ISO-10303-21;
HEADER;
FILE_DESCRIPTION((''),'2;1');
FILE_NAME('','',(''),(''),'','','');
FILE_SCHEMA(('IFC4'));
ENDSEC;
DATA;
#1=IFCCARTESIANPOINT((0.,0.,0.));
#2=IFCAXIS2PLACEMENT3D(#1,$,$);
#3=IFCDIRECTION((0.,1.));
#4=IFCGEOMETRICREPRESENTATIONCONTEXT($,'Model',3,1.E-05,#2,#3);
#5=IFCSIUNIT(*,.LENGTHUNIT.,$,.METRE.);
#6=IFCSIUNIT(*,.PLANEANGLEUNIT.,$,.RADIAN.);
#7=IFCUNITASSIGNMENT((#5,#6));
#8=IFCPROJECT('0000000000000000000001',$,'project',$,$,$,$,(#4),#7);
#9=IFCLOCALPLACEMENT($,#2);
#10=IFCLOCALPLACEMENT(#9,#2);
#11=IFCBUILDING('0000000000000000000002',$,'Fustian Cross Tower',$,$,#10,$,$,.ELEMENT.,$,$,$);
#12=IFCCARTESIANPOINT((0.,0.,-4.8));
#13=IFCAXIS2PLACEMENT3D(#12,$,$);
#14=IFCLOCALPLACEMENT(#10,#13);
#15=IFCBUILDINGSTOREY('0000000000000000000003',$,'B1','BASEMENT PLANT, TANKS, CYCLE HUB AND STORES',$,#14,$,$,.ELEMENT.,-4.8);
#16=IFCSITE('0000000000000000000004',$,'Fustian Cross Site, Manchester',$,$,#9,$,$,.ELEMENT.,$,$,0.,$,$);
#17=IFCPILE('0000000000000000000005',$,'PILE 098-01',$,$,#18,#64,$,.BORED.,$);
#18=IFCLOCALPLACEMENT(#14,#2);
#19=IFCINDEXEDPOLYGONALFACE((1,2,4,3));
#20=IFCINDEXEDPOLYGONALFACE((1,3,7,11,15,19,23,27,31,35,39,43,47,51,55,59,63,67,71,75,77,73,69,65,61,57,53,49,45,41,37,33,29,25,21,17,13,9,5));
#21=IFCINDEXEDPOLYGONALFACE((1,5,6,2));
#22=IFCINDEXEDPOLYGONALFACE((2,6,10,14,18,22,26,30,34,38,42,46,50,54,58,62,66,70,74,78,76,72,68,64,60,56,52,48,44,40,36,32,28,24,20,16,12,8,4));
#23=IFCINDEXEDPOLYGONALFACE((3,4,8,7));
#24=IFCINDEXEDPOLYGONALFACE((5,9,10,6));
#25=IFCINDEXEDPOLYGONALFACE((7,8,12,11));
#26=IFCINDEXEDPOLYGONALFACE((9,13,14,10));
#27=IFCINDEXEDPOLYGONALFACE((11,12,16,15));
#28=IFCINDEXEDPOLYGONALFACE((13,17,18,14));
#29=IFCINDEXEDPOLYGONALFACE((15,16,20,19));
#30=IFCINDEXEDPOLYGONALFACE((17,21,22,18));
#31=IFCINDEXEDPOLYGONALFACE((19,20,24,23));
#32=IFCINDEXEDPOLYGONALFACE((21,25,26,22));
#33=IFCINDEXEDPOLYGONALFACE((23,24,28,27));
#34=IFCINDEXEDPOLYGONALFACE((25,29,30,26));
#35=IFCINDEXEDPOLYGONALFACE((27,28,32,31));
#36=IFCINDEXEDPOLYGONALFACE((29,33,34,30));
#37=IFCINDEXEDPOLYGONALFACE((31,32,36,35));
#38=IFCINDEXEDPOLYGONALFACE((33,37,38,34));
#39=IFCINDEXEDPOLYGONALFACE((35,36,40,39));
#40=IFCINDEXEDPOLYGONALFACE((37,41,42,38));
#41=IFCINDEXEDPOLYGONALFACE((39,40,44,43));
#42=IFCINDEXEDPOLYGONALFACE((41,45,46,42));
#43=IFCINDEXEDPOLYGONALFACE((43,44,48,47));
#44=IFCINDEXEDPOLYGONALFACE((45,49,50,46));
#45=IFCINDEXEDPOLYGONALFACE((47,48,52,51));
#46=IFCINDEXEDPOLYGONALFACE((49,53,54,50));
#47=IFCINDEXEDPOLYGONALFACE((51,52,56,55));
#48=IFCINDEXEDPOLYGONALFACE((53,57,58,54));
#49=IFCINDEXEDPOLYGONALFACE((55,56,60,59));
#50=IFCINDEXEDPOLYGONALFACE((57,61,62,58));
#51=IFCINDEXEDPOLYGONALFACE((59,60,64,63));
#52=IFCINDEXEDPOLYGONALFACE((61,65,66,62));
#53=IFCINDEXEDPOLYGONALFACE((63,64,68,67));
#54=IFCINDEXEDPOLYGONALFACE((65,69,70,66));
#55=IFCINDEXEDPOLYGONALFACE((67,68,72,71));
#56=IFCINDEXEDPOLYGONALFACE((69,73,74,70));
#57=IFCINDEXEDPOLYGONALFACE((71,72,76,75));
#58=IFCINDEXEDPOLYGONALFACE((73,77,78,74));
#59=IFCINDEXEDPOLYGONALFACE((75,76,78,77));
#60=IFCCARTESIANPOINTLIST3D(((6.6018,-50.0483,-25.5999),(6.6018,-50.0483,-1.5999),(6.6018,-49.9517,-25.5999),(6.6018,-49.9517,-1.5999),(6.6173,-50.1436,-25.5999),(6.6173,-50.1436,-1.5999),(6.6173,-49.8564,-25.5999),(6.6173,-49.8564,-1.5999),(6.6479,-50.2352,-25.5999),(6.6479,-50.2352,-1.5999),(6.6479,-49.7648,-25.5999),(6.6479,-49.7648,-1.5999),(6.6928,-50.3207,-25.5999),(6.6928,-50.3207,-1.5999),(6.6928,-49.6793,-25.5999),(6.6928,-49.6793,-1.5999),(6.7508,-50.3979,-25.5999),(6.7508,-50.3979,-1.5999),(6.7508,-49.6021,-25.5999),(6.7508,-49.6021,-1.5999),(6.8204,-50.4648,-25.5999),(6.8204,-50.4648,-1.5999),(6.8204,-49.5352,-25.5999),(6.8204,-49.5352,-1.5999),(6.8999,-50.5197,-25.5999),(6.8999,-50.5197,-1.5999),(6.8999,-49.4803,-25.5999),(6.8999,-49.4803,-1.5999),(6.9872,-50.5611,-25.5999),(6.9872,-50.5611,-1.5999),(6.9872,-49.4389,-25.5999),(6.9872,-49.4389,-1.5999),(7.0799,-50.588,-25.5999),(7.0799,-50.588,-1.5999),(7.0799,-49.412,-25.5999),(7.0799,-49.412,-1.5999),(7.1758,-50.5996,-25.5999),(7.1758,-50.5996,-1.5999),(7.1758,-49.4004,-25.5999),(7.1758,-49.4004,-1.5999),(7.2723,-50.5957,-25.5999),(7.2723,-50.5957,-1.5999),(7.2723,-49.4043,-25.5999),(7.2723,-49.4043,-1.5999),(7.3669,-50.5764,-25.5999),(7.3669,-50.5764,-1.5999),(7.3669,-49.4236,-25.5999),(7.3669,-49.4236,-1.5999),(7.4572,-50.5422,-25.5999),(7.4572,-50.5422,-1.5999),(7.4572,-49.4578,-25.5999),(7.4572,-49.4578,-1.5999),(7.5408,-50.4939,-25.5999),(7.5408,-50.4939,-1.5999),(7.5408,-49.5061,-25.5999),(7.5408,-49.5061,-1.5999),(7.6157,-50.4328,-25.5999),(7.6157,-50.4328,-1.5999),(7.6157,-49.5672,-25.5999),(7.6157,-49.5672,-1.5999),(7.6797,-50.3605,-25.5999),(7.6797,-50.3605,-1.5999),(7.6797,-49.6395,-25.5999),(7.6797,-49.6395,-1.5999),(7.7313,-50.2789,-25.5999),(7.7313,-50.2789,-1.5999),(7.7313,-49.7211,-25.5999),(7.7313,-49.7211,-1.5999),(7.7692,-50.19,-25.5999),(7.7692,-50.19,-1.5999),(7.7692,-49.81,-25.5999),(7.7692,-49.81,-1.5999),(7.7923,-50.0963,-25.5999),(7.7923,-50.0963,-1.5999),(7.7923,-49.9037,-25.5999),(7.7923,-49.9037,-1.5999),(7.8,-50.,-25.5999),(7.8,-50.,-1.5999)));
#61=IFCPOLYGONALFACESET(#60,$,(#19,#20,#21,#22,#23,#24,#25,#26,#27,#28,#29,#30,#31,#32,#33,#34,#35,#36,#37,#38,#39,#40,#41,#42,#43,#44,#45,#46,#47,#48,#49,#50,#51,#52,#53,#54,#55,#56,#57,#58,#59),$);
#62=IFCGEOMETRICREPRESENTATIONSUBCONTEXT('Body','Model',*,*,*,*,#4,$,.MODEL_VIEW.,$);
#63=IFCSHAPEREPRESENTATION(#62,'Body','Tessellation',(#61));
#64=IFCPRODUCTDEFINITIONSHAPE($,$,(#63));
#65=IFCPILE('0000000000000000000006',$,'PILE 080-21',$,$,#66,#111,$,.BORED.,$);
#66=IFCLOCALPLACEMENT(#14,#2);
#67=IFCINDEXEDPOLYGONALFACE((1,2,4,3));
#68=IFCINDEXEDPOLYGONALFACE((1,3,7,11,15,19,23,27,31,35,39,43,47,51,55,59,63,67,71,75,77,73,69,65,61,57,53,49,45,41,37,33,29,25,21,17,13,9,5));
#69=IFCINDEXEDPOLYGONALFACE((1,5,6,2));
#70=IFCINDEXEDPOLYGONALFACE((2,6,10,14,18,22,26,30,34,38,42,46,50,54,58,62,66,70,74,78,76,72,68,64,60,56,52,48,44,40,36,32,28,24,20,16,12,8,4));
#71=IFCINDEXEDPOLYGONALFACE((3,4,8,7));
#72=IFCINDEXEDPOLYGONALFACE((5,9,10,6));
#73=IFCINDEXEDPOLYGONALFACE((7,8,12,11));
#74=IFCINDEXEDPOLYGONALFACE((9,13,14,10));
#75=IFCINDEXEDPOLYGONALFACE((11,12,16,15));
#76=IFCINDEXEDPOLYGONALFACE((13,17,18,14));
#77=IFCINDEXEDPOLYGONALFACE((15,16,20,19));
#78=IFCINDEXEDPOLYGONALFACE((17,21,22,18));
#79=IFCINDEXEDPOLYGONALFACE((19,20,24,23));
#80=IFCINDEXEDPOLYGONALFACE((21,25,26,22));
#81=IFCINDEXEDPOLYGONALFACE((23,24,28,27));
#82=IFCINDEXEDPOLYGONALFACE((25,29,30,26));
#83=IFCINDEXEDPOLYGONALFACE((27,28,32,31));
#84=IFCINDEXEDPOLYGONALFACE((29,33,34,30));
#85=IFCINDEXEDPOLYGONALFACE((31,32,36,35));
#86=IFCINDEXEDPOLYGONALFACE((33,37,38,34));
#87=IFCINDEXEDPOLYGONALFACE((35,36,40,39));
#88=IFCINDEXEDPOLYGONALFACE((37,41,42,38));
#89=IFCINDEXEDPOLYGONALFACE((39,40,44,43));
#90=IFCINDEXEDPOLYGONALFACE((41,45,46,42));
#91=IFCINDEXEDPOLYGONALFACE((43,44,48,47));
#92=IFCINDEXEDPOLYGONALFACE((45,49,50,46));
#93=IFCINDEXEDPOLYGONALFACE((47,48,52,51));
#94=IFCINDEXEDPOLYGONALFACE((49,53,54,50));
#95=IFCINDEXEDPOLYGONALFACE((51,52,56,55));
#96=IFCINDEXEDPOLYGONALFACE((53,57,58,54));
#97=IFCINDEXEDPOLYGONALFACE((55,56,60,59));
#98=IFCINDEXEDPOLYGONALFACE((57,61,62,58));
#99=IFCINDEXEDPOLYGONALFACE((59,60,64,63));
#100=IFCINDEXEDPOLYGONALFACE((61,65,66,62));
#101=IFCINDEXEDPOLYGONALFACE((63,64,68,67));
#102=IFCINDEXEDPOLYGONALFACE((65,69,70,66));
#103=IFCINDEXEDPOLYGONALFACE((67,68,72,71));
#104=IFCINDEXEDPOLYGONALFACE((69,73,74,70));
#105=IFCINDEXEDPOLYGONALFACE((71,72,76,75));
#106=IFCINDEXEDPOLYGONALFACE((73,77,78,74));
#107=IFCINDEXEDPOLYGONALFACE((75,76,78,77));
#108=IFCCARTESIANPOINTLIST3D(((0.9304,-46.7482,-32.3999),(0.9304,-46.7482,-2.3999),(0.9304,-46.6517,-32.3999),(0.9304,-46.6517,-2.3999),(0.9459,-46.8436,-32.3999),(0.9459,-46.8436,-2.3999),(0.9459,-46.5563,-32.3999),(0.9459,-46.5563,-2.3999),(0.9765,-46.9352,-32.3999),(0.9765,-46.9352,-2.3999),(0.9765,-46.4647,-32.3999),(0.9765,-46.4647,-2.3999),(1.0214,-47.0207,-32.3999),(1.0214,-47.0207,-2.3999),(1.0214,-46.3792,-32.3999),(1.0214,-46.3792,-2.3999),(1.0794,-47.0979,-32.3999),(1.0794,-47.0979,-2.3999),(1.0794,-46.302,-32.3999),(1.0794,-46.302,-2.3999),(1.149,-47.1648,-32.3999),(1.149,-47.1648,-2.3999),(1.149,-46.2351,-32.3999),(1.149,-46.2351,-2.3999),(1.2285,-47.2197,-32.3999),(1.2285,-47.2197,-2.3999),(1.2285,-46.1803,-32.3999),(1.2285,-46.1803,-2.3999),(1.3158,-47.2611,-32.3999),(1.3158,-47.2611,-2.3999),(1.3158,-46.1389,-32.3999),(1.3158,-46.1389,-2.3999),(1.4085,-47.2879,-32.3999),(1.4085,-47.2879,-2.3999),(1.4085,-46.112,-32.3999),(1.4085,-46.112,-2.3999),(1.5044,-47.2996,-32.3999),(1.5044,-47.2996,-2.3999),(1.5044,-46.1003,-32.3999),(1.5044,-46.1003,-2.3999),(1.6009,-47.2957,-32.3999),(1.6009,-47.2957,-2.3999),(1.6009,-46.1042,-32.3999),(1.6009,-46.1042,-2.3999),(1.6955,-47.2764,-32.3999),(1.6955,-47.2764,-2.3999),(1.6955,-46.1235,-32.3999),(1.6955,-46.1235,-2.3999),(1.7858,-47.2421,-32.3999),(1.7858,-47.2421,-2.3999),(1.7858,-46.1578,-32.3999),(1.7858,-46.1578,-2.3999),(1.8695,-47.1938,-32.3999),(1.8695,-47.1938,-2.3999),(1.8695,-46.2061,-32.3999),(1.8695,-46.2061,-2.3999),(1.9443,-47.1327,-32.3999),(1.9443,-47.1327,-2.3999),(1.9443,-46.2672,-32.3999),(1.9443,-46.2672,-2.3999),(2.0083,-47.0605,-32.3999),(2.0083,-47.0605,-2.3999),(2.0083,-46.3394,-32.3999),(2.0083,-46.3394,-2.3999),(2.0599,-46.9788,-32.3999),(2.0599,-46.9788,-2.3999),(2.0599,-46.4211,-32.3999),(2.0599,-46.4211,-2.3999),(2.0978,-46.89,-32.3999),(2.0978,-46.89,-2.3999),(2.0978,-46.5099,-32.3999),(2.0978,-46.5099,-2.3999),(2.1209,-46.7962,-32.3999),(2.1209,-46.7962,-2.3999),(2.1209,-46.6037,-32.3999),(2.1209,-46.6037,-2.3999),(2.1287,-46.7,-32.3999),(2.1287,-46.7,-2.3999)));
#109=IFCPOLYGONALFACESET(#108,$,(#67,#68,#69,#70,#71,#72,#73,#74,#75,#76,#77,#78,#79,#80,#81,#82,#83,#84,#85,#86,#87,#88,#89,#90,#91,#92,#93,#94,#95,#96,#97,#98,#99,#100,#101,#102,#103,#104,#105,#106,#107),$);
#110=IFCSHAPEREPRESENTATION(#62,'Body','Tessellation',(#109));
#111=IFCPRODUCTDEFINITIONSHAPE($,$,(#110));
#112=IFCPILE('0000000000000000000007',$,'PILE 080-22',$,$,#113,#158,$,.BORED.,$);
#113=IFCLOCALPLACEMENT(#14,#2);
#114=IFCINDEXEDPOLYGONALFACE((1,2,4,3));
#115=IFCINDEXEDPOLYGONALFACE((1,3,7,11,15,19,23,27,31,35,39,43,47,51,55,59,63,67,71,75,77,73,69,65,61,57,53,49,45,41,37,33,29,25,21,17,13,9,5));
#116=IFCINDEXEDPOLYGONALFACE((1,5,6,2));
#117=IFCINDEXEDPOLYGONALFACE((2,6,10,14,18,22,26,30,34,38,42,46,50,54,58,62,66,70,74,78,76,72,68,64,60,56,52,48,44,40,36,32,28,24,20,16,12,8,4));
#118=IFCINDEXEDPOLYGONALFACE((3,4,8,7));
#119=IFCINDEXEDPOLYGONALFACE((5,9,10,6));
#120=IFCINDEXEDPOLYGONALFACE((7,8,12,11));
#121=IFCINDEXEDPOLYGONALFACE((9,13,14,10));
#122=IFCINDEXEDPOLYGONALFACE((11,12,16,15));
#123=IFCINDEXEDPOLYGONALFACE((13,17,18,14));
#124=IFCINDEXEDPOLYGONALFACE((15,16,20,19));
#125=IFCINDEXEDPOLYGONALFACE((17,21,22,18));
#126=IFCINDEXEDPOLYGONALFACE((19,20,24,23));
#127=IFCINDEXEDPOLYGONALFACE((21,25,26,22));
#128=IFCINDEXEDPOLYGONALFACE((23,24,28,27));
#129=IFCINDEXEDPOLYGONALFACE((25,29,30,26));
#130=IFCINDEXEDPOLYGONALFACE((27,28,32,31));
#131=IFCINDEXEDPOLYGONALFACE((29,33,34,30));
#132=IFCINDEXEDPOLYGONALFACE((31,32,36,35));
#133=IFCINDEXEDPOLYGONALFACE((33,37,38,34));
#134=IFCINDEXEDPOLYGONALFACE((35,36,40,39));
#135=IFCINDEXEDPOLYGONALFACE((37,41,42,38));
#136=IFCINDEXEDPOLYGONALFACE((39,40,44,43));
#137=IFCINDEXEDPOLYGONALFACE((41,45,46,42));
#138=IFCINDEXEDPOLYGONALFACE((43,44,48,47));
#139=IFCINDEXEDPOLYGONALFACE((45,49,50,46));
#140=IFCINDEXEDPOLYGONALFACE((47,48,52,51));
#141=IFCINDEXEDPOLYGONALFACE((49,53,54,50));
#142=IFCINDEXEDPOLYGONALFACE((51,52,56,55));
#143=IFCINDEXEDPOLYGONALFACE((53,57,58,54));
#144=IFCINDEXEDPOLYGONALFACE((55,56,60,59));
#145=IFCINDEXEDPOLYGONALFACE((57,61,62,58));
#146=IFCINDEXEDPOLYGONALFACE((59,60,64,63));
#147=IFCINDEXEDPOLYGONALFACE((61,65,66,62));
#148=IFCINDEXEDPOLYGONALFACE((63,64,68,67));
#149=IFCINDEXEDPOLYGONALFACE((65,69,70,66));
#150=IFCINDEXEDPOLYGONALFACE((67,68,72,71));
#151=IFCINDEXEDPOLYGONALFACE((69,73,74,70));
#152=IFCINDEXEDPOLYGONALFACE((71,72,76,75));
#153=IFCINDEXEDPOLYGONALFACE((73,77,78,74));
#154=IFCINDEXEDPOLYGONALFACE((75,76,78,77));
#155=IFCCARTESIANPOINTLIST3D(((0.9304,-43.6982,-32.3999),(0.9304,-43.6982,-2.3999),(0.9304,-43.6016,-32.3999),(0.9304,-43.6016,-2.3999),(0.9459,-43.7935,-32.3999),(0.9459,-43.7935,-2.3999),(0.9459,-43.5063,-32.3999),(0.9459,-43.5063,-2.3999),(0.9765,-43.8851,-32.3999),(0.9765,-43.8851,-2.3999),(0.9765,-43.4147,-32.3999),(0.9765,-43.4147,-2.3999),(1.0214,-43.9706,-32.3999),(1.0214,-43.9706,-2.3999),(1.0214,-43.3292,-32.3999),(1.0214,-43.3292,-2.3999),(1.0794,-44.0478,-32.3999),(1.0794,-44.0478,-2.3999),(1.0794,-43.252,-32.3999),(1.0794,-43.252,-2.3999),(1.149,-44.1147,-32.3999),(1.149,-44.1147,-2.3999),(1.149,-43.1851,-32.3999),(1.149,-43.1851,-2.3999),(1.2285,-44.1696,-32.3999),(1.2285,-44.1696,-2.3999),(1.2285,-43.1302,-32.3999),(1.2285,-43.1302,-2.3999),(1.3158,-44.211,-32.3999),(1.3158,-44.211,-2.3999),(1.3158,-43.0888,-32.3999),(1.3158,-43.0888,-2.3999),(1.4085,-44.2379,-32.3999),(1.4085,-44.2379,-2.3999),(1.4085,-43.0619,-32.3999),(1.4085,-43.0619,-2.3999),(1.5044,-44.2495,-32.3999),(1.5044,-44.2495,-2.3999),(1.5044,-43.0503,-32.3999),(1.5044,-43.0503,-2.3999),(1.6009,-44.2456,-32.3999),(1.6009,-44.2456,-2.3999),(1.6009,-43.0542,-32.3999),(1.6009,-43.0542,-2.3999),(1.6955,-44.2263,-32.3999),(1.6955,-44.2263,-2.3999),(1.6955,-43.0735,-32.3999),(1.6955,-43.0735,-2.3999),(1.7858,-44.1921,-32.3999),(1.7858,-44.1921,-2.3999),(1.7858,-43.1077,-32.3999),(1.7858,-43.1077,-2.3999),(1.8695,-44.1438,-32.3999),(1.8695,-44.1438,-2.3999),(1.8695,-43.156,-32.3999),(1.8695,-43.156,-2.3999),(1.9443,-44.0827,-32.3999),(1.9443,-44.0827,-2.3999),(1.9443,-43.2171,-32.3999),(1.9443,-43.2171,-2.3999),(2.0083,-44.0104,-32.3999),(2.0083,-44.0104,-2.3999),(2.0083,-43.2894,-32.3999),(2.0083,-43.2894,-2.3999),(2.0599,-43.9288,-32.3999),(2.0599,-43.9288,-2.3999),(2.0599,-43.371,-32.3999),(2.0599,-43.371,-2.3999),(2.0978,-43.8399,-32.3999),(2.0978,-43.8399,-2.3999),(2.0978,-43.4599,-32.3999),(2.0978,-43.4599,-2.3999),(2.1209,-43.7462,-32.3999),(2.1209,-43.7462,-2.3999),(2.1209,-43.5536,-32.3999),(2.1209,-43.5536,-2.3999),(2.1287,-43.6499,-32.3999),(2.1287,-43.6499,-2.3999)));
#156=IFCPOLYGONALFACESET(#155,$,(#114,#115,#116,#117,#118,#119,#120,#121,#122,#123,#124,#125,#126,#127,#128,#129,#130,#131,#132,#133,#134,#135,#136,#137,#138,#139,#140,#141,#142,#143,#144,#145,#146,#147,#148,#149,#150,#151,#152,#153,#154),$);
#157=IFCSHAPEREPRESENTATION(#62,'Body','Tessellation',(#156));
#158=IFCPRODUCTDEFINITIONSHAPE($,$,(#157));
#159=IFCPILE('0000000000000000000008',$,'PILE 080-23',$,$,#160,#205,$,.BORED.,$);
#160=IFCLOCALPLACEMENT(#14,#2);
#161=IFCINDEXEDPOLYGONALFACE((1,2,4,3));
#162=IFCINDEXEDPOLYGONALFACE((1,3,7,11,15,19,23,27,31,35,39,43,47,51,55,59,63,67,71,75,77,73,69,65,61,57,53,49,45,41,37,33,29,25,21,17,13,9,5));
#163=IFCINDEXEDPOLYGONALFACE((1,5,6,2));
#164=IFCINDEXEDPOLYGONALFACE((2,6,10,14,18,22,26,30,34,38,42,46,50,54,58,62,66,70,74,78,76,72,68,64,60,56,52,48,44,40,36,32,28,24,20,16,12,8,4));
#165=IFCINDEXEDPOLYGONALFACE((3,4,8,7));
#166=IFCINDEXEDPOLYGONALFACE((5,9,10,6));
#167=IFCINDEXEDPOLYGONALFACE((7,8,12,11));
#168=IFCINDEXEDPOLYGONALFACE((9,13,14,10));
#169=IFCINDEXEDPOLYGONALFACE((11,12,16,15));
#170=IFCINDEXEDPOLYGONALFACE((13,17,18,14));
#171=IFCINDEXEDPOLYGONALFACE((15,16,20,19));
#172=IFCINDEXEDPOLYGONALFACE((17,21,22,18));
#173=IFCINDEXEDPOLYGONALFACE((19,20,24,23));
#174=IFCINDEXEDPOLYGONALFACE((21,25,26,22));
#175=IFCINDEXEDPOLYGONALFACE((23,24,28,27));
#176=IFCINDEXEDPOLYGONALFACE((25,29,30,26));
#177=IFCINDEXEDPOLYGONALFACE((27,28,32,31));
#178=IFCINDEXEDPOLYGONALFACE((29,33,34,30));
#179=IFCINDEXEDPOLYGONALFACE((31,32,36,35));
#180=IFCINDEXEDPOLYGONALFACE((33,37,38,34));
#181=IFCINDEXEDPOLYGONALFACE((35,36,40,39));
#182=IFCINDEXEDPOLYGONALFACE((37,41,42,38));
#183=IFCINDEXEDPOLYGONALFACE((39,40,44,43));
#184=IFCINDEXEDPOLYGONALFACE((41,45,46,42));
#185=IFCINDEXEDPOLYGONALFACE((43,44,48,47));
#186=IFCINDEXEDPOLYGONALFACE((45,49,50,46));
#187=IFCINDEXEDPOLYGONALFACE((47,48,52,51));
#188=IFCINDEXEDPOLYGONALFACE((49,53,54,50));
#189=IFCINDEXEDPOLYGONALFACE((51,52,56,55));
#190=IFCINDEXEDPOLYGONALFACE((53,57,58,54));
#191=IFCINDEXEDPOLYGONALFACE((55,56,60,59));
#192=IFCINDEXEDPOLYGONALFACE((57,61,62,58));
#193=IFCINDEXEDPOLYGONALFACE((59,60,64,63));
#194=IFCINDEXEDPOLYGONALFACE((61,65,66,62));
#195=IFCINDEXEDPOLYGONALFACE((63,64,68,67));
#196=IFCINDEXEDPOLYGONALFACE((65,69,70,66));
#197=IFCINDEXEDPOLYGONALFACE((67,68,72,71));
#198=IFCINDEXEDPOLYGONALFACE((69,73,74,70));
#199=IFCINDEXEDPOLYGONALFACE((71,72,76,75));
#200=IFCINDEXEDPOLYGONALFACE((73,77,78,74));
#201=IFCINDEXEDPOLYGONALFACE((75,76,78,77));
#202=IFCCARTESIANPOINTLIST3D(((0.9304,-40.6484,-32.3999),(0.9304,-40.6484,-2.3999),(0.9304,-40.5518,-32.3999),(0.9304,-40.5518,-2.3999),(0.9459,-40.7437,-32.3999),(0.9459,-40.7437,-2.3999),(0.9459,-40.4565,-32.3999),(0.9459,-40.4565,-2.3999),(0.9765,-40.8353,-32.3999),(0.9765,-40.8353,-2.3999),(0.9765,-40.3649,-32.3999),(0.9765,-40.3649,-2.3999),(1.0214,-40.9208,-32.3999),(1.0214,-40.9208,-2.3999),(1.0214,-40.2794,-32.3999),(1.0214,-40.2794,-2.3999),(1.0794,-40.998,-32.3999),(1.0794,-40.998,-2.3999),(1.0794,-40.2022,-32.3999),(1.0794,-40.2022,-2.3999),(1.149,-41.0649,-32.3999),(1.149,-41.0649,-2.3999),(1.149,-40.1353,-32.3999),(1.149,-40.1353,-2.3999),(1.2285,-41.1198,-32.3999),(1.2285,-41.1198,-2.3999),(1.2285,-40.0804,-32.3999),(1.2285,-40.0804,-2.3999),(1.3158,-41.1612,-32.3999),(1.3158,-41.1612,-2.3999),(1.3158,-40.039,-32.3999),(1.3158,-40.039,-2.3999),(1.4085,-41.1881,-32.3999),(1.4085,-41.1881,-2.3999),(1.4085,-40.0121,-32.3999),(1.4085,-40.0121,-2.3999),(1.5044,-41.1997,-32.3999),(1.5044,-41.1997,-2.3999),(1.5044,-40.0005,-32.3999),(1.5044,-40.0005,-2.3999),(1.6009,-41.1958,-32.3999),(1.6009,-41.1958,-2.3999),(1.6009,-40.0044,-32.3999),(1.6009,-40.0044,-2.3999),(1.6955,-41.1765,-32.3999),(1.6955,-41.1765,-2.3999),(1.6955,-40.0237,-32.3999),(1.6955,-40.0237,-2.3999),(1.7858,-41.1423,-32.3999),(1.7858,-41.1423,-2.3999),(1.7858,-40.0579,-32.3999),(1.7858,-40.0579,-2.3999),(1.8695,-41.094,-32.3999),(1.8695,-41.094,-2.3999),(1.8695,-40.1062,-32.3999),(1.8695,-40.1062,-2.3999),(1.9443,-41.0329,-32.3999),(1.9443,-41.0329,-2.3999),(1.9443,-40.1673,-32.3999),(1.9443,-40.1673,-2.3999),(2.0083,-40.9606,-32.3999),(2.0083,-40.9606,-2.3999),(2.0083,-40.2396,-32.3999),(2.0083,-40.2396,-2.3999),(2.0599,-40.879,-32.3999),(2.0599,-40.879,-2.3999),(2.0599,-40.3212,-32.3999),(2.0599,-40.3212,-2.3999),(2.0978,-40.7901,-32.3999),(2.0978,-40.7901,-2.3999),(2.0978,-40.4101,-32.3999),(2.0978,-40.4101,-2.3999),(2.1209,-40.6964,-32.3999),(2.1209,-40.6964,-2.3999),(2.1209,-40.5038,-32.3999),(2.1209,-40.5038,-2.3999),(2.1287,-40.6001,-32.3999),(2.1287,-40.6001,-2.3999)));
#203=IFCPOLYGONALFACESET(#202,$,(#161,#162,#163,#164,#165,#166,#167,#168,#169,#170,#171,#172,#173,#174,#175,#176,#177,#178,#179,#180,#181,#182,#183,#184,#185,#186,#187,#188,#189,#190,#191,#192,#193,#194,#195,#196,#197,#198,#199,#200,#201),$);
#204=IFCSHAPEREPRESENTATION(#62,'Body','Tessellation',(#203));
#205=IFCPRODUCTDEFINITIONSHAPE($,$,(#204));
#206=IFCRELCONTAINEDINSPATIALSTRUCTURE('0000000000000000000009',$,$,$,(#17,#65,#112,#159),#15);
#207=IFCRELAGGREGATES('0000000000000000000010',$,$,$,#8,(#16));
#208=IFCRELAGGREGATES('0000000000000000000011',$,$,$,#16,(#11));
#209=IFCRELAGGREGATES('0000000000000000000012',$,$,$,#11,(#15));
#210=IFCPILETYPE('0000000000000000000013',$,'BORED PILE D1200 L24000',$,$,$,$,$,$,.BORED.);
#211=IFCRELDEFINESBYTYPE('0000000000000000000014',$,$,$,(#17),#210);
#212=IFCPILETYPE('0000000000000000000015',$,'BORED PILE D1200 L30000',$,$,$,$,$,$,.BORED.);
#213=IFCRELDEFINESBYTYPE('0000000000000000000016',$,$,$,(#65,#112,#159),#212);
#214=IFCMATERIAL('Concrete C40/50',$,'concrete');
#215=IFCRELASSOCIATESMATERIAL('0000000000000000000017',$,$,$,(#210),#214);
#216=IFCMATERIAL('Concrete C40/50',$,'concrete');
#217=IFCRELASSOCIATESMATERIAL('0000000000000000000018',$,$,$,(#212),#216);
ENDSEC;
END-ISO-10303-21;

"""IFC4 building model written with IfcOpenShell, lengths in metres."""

from ifc_helpers import new_model, si_unit, direction, frame, origin, origin_2d, place, context, subcontext, project, spatial, circle, extrude, material, material_profile, profile_set, type_object, element, save


model = new_model("IFC4")

# Units and contexts
model_context = context("Model", 3, precision=1e-05, world=origin(), true_north=direction((0.0, 1.0)))
body_context = subcontext(model_context, "Body", "Model", "MODEL_VIEW")
ifc_project = project(units=[si_unit("LENGTHUNIT", "METRE"), si_unit("PLANEANGLEUNIT", "RADIAN")], contexts=[model_context])

# Site, building, storey
site_placement = place(None, origin())
site = spatial("IfcSite", under=ifc_project, at=site_placement, Name="Fustian Cross Site, Manchester", CompositionType="ELEMENT", RefElevation=0.0)
building_placement = place(site_placement, origin())
building = spatial("IfcBuilding", under=site, at=building_placement, Name="Fustian Cross Tower", CompositionType="ELEMENT")
storey_placement = place(building_placement, frame((0.0, 0.0, -4.8)))
storey = spatial("IfcBuildingStorey", under=building, at=storey_placement, Name="B1", Description="BASEMENT PLANT, TANKS, CYCLE HUB AND STORES", CompositionType="ELEMENT", Elevation=-4.8)

# Piles
ifc_material_1 = material(Name="Concrete C40/50", Category="concrete")
ifc_material_profile_1 = material_profile(ifc_material_1, circle(Radius=0.6001, at=origin_2d()), Name="BORED PILE D1200 L24000")
ifc_profile_set_1 = profile_set([ifc_material_profile_1], Name="Concrete C40/50")
pile_type_1 = type_object("IfcPileType", Name="BORED PILE D1200 L24000", PredefinedType="BORED", material=ifc_profile_set_1)
pile_placement = place(storey_placement, frame((7.2, -50.0, -1.5999), z_axis=(0.0, 0.0, -1.0), x_axis=(1.0, 0.0, 0.0)))
element("IfcPile", 1, at=pile_placement, inside=storey, type_object=pile_type_1, Name="PILE 098-01", PredefinedType="BORED", context=body_context, shape_type="SweptSolid", body=[
    extrude(circle(Radius=0.6001, at=origin_2d()), origin(), (0.0, 0.0, 1.0), 24.0),
])
ifc_material_2 = material(Name="Concrete C40/50", Category="concrete")
ifc_material_profile_2 = material_profile(ifc_material_2, circle(Radius=0.6001, at=origin_2d()), Name="BORED PILE D1200 L30000")
ifc_profile_set_2 = profile_set([ifc_material_profile_2], Name="Concrete C40/50")
pile_type_2 = type_object("IfcPileType", Name="BORED PILE D1200 L30000", PredefinedType="BORED", material=ifc_profile_set_2)
for number, where, z_axis, x_axis, name in (
    (2, (1.5286, -46.7, -2.3999), (0.0, 0.0, -1.0), (1.0, 0.0, 0.0), "PILE 080-21"),
    (3, (1.5286, -43.6499, -2.3999), (0.0, 0.0, -1.0), (1.0, 0.0, 0.0), "PILE 080-22"),
    (4, (1.5286, -40.6001, -2.3999), (0.0, 0.0, -1.0), (1.0, 0.0, 0.0), "PILE 080-23"),
):
    element("IfcPile", number, at=place(storey_placement, frame(where, z_axis=z_axis, x_axis=x_axis)), inside=storey, type_object=pile_type_2, Name=name, PredefinedType="BORED", context=body_context, shape_type="SweptSolid", body=[
        extrude(circle(Radius=0.6001, at=origin_2d()), origin(), (0.0, 0.0, 1.0), 30.0),
    ])

save(model, "model.ifc")
